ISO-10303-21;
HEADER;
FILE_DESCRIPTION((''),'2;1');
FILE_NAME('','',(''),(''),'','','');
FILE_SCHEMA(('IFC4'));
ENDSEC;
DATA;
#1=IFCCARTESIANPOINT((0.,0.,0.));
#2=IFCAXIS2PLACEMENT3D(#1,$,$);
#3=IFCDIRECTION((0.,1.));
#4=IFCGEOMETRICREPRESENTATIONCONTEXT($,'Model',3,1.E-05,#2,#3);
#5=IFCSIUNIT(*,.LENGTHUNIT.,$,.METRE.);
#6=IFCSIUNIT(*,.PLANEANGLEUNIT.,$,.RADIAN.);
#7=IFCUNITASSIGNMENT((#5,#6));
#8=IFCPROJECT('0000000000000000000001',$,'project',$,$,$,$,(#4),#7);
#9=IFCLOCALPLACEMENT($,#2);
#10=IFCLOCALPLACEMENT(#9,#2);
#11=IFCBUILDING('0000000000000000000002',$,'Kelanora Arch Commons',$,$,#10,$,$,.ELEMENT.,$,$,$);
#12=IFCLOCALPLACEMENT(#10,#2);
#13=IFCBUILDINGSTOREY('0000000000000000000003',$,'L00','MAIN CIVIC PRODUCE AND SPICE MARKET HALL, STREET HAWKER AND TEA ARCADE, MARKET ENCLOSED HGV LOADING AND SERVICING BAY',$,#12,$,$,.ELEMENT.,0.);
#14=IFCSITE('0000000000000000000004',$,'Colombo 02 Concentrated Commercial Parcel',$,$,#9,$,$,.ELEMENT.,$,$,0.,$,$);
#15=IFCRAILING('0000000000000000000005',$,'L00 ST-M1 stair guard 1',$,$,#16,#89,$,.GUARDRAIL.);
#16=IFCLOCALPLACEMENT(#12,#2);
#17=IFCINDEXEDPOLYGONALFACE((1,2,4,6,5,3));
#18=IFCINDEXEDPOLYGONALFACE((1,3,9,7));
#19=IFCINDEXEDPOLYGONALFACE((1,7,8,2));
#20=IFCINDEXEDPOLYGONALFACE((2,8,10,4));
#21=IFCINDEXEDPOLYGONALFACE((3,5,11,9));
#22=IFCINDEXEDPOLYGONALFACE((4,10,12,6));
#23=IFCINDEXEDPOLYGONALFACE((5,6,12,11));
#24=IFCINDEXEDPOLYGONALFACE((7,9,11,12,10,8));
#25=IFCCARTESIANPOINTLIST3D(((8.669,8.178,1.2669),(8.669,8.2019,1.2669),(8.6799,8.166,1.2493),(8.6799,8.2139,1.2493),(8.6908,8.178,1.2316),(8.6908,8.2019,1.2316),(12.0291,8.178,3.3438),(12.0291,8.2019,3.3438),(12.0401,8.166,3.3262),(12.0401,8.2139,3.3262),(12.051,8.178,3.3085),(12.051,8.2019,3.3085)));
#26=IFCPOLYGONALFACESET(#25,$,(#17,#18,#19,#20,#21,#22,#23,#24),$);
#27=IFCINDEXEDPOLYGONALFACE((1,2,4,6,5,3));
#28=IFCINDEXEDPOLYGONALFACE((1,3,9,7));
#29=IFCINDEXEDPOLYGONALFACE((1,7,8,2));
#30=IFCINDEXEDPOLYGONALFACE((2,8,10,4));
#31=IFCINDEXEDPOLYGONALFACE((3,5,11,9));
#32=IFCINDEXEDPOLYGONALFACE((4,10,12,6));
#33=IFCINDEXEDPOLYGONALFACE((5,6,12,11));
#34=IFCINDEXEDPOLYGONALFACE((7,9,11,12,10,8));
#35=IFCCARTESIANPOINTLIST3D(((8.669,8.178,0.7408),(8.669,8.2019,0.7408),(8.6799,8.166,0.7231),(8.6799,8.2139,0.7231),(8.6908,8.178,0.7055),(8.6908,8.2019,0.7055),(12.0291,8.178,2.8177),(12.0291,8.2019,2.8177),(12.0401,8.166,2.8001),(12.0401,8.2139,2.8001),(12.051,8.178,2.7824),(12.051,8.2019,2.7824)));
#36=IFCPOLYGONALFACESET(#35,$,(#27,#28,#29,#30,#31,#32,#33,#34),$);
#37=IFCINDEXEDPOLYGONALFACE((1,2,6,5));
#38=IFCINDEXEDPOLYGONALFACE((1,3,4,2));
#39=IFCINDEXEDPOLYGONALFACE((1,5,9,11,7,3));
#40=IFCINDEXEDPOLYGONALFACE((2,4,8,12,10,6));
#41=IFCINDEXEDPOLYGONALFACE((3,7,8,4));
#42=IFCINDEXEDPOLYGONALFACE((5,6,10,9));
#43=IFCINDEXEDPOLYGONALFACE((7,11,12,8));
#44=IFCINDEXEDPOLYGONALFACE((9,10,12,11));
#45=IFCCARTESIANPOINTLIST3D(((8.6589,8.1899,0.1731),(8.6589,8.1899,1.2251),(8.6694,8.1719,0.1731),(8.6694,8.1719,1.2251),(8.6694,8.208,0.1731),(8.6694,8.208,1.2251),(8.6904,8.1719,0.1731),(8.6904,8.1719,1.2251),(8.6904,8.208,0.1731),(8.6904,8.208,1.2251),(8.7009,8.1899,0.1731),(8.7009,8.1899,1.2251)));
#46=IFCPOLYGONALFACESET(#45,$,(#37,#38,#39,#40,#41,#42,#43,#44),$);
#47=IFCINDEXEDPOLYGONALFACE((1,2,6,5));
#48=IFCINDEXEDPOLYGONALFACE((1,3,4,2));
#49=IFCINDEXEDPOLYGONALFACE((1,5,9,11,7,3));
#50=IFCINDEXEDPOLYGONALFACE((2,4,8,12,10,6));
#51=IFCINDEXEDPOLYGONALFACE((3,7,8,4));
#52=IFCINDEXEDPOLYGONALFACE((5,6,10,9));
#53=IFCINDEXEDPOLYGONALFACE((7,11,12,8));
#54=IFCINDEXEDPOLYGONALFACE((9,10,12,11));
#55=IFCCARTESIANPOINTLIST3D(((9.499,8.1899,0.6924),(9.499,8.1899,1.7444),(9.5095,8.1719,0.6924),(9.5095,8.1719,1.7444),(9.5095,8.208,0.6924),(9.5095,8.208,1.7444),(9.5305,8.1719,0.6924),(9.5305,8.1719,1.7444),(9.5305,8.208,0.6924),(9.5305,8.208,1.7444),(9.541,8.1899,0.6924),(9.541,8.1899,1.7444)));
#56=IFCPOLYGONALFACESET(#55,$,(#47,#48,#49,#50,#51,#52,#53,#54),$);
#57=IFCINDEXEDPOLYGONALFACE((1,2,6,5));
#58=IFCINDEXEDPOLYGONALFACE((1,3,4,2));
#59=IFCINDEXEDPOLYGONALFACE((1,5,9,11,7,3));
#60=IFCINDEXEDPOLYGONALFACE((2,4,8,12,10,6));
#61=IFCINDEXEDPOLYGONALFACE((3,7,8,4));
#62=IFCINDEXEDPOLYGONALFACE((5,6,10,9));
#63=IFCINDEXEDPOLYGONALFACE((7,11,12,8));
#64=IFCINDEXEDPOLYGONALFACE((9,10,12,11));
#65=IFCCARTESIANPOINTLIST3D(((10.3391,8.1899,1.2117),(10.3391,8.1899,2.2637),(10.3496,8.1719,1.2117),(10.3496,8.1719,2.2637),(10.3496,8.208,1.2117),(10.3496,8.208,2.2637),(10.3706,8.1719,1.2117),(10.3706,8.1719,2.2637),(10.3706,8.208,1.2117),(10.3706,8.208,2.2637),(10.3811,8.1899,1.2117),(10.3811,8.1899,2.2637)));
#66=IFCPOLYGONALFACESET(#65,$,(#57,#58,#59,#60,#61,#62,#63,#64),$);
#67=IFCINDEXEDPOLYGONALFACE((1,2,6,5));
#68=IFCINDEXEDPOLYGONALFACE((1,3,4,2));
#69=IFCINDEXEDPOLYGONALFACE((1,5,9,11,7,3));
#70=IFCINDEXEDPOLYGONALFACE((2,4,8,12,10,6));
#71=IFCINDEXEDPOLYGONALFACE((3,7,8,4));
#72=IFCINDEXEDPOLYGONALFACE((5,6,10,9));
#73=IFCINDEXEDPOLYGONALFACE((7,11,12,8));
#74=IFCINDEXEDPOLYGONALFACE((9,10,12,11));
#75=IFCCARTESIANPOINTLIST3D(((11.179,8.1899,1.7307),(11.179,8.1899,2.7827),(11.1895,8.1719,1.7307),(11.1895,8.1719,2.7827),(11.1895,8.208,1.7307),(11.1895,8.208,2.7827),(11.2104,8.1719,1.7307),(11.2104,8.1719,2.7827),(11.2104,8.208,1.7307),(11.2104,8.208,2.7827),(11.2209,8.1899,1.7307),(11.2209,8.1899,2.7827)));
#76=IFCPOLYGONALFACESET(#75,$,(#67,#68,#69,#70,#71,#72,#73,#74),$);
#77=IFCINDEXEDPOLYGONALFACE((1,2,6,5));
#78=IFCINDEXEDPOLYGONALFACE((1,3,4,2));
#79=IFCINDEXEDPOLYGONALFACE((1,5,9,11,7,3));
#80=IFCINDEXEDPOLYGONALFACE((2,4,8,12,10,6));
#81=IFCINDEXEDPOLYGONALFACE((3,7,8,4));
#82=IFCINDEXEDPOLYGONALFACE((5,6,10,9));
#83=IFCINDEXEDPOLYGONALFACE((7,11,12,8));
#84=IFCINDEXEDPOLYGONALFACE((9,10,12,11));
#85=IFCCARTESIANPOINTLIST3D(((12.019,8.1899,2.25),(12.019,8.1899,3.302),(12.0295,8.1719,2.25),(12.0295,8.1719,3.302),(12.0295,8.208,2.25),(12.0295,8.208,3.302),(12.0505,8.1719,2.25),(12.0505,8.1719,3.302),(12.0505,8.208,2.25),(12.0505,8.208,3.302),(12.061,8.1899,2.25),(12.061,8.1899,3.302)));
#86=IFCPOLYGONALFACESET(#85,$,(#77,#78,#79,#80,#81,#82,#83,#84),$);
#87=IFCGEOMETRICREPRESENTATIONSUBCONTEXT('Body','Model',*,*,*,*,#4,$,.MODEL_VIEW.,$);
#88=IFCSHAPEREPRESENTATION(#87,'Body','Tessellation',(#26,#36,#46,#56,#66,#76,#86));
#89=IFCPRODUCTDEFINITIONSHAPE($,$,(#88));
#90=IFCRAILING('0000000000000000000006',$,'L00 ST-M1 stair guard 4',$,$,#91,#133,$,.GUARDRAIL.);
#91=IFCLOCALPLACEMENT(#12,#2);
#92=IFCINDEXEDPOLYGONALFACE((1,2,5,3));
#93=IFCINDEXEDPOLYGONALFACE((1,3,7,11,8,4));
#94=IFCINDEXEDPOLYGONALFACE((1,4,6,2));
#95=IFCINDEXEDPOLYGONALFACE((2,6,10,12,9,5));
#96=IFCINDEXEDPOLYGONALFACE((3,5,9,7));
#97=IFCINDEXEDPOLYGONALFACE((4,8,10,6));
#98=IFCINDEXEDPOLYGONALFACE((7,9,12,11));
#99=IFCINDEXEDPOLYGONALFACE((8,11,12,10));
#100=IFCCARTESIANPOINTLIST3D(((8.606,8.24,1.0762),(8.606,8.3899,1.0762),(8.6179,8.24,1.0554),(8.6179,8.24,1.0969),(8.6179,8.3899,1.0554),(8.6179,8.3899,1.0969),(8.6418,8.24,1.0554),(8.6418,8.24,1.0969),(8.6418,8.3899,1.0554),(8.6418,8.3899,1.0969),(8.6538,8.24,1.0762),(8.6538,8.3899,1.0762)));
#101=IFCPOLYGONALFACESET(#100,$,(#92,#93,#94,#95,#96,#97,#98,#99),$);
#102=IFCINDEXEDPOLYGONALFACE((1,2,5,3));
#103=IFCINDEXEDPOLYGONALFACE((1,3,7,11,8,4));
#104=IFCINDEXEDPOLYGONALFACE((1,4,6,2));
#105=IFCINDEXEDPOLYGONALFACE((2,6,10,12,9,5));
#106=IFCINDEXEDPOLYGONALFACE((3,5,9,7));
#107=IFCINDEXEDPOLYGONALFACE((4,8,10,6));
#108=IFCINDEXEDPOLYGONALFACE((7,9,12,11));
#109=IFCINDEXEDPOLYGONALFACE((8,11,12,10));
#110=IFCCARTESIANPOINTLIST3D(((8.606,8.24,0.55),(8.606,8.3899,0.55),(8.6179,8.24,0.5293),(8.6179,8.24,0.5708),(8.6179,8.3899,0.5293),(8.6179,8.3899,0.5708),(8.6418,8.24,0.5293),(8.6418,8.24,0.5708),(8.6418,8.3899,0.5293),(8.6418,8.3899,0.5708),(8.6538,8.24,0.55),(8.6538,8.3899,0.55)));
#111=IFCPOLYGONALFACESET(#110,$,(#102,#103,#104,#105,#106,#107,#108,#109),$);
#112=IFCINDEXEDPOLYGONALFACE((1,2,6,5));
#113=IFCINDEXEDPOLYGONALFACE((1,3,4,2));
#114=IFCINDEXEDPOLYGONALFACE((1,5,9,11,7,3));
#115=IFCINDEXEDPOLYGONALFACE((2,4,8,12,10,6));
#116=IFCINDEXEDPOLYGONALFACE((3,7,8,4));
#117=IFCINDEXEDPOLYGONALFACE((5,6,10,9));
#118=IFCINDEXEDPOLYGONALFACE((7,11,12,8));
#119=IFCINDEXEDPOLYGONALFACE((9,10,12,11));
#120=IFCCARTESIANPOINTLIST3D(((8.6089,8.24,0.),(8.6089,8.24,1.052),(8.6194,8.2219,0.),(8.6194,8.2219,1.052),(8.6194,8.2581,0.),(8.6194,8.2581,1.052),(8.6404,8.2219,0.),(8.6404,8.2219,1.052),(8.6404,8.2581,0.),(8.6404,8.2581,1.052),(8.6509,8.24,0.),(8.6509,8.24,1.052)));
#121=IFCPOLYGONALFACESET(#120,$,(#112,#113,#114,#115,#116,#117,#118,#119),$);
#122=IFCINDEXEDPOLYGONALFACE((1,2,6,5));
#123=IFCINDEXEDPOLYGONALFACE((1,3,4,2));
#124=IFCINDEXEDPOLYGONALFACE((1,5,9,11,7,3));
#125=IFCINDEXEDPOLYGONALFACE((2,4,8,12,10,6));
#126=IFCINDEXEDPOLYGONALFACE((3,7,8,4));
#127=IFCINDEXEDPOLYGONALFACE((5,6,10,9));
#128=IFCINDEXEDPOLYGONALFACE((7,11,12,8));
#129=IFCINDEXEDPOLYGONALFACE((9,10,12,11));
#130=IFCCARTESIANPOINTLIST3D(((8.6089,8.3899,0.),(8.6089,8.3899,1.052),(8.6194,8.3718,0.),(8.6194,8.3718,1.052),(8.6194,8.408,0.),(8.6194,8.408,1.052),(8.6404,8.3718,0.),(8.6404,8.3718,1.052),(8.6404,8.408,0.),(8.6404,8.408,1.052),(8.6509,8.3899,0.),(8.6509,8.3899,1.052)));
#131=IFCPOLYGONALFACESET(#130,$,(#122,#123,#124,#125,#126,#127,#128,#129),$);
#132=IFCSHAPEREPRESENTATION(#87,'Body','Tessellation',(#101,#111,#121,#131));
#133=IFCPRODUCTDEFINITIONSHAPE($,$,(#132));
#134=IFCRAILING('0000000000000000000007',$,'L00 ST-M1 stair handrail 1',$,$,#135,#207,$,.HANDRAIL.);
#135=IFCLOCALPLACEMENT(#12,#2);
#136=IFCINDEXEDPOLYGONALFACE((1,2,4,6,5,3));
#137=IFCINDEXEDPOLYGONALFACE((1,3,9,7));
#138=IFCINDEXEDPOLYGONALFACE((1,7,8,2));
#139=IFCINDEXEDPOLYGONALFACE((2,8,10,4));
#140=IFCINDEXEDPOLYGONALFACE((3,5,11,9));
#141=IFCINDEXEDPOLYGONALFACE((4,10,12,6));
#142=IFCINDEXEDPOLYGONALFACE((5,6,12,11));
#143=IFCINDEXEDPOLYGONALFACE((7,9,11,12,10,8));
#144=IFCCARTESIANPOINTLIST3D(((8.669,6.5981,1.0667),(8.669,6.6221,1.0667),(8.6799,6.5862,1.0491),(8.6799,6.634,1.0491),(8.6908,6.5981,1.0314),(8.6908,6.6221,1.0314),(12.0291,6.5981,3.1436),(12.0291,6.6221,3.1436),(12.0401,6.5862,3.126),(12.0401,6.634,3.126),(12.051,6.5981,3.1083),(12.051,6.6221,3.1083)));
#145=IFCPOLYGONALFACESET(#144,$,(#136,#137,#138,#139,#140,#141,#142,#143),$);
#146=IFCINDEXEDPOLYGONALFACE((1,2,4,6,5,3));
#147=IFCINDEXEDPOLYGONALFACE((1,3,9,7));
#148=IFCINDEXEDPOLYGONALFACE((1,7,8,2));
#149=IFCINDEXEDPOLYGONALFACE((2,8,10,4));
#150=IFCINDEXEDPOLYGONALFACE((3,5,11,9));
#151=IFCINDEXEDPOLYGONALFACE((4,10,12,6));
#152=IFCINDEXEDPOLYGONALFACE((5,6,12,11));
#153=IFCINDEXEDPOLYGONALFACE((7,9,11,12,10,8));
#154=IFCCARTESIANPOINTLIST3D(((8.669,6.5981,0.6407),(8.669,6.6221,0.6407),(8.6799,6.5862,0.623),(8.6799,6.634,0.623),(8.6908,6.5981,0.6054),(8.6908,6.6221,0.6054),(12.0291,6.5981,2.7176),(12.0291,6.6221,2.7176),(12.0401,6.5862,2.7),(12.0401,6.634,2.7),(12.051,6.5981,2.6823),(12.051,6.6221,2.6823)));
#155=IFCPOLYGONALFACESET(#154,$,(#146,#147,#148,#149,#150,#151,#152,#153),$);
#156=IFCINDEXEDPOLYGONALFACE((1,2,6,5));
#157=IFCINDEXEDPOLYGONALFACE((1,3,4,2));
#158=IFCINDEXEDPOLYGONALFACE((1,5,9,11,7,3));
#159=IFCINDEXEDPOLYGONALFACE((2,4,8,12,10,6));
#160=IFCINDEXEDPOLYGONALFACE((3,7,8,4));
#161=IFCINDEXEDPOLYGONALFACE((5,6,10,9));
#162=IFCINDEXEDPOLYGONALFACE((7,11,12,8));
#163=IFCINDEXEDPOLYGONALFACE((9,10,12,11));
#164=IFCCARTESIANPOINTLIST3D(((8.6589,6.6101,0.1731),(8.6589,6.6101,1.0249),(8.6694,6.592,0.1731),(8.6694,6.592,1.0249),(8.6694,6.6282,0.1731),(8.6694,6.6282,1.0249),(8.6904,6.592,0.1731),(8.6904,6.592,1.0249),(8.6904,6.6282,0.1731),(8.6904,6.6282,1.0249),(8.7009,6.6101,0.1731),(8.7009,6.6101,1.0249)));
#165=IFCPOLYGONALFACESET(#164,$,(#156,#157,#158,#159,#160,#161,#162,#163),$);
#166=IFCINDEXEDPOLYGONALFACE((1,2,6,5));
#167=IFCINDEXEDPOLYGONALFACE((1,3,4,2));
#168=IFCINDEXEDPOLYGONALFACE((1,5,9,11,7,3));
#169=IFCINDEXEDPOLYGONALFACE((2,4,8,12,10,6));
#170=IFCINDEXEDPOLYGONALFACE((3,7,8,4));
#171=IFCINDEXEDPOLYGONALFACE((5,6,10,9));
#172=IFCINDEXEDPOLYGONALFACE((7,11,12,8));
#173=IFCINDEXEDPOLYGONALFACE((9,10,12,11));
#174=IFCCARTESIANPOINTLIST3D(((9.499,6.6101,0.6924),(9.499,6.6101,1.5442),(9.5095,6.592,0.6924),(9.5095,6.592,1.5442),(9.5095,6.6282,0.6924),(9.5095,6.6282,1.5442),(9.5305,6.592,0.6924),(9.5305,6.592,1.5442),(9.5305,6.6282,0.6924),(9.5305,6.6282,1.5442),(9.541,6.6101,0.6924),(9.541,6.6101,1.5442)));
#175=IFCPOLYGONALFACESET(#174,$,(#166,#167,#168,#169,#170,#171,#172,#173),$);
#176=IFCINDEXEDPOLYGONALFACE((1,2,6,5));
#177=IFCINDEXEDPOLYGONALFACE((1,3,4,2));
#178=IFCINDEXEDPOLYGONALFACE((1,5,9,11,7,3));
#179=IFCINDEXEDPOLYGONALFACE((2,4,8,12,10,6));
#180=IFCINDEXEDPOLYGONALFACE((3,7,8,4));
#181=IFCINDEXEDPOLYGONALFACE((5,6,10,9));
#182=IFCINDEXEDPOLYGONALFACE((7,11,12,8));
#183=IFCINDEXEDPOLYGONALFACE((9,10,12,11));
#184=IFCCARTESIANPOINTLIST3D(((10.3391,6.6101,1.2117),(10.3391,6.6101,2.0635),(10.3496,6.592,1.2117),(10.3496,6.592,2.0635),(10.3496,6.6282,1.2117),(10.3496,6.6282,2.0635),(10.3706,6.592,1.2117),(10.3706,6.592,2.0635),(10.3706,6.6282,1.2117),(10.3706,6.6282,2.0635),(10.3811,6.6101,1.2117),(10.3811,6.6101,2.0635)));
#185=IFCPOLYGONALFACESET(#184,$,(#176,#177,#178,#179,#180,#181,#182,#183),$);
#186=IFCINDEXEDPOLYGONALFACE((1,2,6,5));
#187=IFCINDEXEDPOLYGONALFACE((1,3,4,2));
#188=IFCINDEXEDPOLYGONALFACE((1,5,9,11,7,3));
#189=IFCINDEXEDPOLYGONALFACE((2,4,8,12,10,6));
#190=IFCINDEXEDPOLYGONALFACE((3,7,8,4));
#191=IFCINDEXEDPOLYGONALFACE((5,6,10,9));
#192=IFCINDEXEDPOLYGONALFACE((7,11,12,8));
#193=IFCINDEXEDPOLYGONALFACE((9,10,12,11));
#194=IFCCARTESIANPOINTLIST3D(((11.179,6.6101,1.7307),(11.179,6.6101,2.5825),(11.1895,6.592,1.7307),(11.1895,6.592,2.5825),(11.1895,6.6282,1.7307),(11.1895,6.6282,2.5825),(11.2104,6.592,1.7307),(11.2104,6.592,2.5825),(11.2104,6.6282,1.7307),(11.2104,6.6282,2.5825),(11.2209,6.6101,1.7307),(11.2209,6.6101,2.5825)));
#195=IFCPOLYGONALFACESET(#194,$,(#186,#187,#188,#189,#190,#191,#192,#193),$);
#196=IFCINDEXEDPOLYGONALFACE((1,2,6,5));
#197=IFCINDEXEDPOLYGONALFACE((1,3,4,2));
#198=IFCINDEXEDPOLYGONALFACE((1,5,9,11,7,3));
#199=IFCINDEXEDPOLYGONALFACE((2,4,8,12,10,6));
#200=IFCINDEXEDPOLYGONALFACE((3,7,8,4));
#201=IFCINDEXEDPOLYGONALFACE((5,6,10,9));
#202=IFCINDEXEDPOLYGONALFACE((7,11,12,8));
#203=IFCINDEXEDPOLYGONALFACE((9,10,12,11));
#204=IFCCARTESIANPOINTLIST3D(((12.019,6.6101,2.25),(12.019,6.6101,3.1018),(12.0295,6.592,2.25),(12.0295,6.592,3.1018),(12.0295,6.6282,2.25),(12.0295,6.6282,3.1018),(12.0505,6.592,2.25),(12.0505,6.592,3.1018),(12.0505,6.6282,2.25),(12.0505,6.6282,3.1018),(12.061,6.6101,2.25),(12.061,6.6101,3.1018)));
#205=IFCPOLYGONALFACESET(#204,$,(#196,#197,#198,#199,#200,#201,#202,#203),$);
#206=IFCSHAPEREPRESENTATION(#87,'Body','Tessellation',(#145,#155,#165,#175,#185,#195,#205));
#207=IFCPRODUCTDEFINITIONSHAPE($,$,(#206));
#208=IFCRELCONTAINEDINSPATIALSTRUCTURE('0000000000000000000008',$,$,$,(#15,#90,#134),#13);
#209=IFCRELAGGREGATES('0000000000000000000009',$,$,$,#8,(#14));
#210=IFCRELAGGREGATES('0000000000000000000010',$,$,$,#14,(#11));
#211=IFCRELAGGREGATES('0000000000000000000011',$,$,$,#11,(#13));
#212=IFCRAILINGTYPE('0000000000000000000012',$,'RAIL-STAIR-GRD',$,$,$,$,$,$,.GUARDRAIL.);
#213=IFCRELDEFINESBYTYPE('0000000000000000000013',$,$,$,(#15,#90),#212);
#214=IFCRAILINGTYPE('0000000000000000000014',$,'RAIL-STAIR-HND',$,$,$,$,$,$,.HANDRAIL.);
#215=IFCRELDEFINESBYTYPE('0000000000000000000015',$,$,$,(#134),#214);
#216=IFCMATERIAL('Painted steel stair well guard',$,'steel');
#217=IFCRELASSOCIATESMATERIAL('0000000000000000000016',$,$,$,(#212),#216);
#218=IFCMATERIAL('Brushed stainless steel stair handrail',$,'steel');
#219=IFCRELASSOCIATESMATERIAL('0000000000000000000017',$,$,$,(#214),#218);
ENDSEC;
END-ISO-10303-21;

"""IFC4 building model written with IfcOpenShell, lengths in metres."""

from ifc_helpers import new_model, si_unit, direction, frame, origin, place, context, subcontext, project, spatial, polyline, outline, extrude, material, type_object, element, save


model = new_model("IFC4")

# Units and contexts
model_context = context("Model", 3, precision=1e-05, world=origin(), true_north=direction((0.0, 1.0)))
body_context = subcontext(model_context, "Body", "Model", "MODEL_VIEW")
ifc_project = project(units=[si_unit("LENGTHUNIT", "METRE"), si_unit("PLANEANGLEUNIT", "RADIAN")], contexts=[model_context])

# Site, building, storey
site_placement = place(None, origin())
site = spatial("IfcSite", under=ifc_project, at=site_placement, Name="Colombo 02 Concentrated Commercial Parcel", CompositionType="ELEMENT", RefElevation=0.0)
building_placement = place(site_placement, origin())
building = spatial("IfcBuilding", under=site, at=building_placement, Name="Kelanora Arch Commons", CompositionType="ELEMENT")
storey_placement = place(building_placement, origin())
storey = spatial("IfcBuildingStorey", under=building, at=storey_placement, Name="L00", Description="MAIN CIVIC PRODUCE AND SPICE MARKET HALL, STREET HAWKER AND TEA ARCADE, MARKET ENCLOSED HGV LOADING AND SERVICING BAY", CompositionType="ELEMENT", Elevation=0.0)

# Railings
ifc_material_1 = material(Name="Painted steel stair well guard", Category="steel")
railing_type_1 = type_object("IfcRailingType", Name="RAIL-STAIR-GRD", PredefinedType="GUARDRAIL", material=ifc_material_1)
railing_1_placement = place(storey_placement, frame((8.6799, 8.1899, 0.1731)))
element("IfcRailing", 1, at=railing_1_placement, inside=storey, type_object=railing_type_1, Name="L00 ST-M1 stair guard 1", PredefinedType="GUARDRAIL", context=body_context, shape_type="SweptSolid", body=[
    extrude(outline(polyline([(0.0239, 0.0), (0.012, 0.0208), (-0.012, 0.0208), (-0.0239, 0.0), (-0.012, -0.0208), (0.012, -0.0208), (0.0239, 0.0)])), frame((0.0, 0.0, 1.0762), z_axis=(0.850623, 0.0, 0.525776), x_axis=(0.0, 1.0, 0.0)), (0.0, 0.0, 1.0), 3.9502),
    extrude(outline(polyline([(0.0239, 0.0), (0.012, 0.0208), (-0.012, 0.0208), (-0.0239, 0.0), (-0.012, -0.0208), (0.012, -0.0208), (0.0239, 0.0)])), frame((0.0, 0.0, 0.55), z_axis=(0.850623, 0.0, 0.525776), x_axis=(0.0, 1.0, 0.0)), (0.0, 0.0, 1.0), 3.9502),
    extrude(outline(polyline([(0.021, 0.0), (0.0105, 0.0181), (-0.0105, 0.0181), (-0.021, 0.0), (-0.0105, -0.0181), (0.0105, -0.0181), (0.021, 0.0)])), origin(), (0.0, 0.0, 1.0), 1.052),
    extrude(outline(polyline([(0.021, 0.0), (0.0105, 0.0181), (-0.0105, 0.0181), (-0.021, 0.0), (-0.0105, -0.0181), (0.0105, -0.0181), (0.021, 0.0)])), frame((0.8401, 0.0, 0.5193)), (0.0, 0.0, 1.0), 1.052),
    extrude(outline(polyline([(0.021, 0.0), (0.0105, 0.0181), (-0.0105, 0.0181), (-0.021, 0.0), (-0.0105, -0.0181), (0.0105, -0.0181), (0.021, 0.0)])), frame((1.6802, 0.0, 1.0386)), (0.0, 0.0, 1.0), 1.052),
    extrude(outline(polyline([(0.021, 0.0), (0.0105, 0.0181), (-0.0105, 0.0181), (-0.021, 0.0), (-0.0105, -0.0181), (0.0105, -0.0181), (0.021, 0.0)])), frame((2.52, 0.0, 1.5576)), (0.0, 0.0, 1.0), 1.052),
    extrude(outline(polyline([(0.021, 0.0), (0.0105, 0.0181), (-0.0105, 0.0181), (-0.021, 0.0), (-0.0105, -0.0181), (0.0105, -0.0181), (0.021, 0.0)])), frame((3.3601, 0.0, 2.0769)), (0.0, 0.0, 1.0), 1.052),
])
railing_2_placement = place(storey_placement, frame((8.6299, 8.24, 0.0)))
element("IfcRailing", 2, at=railing_2_placement, inside=storey, type_object=railing_type_1, Name="L00 ST-M1 stair guard 4", PredefinedType="GUARDRAIL", context=body_context, shape_type="SweptSolid", body=[
    extrude(outline(polyline([(0.0239, 0.0), (0.012, 0.0208), (-0.012, 0.0208), (-0.0239, 0.0), (-0.012, -0.0208), (0.012, -0.0208), (0.0239, 0.0)])), frame((0.0, 0.0, 1.0762), z_axis=(0.0, 1.0, 0.0), x_axis=(-1.0, 0.0, 0.0)), (0.0, 0.0, 1.0), 0.1499),
    extrude(outline(polyline([(0.0239, 0.0), (0.012, 0.0208), (-0.012, 0.0208), (-0.0239, 0.0), (-0.012, -0.0208), (0.012, -0.0208), (0.0239, 0.0)])), frame((0.0, 0.0, 0.55), z_axis=(0.0, 1.0, 0.0), x_axis=(-1.0, 0.0, 0.0)), (0.0, 0.0, 1.0), 0.1499),
    extrude(outline(polyline([(0.021, 0.0), (0.0105, 0.0181), (-0.0105, 0.0181), (-0.021, 0.0), (-0.0105, -0.0181), (0.0105, -0.0181), (0.021, 0.0)])), origin(), (0.0, 0.0, 1.0), 1.052),
    extrude(outline(polyline([(0.021, 0.0), (0.0105, 0.0181), (-0.0105, 0.0181), (-0.021, 0.0), (-0.0105, -0.0181), (0.0105, -0.0181), (0.021, 0.0)])), frame((0.0, 0.1499, 0.0)), (0.0, 0.0, 1.0), 1.052),
])
ifc_material_2 = material(Name="Brushed stainless steel stair handrail", Category="steel")
railing_type_2 = type_object("IfcRailingType", Name="RAIL-STAIR-HND", PredefinedType="HANDRAIL", material=ifc_material_2)
railing_3_placement = place(storey_placement, frame((8.6799, 6.6101, 0.1731)))
element("IfcRailing", 3, at=railing_3_placement, inside=storey, type_object=railing_type_2, Name="L00 ST-M1 stair handrail 1", PredefinedType="HANDRAIL", context=body_context, shape_type="SweptSolid", body=[
    extrude(outline(polyline([(0.0239, 0.0), (0.012, 0.0208), (-0.012, 0.0208), (-0.0239, 0.0), (-0.012, -0.0208), (0.012, -0.0208), (0.0239, 0.0)])), frame((0.0, 0.0, 0.876), z_axis=(0.850623, 0.0, 0.525776), x_axis=(0.0, 1.0, 0.0)), (0.0, 0.0, 1.0), 3.9502),
    extrude(outline(polyline([(0.0239, 0.0), (0.012, 0.0208), (-0.012, 0.0208), (-0.0239, 0.0), (-0.012, -0.0208), (0.012, -0.0208), (0.0239, 0.0)])), frame((0.0, 0.0, 0.45), z_axis=(0.850623, 0.0, 0.525776), x_axis=(0.0, 1.0, 0.0)), (0.0, 0.0, 1.0), 3.9502),
    extrude(outline(polyline([(0.021, 0.0), (0.0105, 0.0181), (-0.0105, 0.0181), (-0.021, 0.0), (-0.0105, -0.0181), (0.0105, -0.0181), (0.021, 0.0)])), origin(), (0.0, 0.0, 1.0), 0.8518),
    extrude(outline(polyline([(0.021, 0.0), (0.0105, 0.0181), (-0.0105, 0.0181), (-0.021, 0.0), (-0.0105, -0.0181), (0.0105, -0.0181), (0.021, 0.0)])), frame((0.8401, 0.0, 0.5193)), (0.0, 0.0, 1.0), 0.8518),
    extrude(outline(polyline([(0.021, 0.0), (0.0105, 0.0181), (-0.0105, 0.0181), (-0.021, 0.0), (-0.0105, -0.0181), (0.0105, -0.0181), (0.021, 0.0)])), frame((1.6802, 0.0, 1.0386)), (0.0, 0.0, 1.0), 0.8518),
    extrude(outline(polyline([(0.021, 0.0), (0.0105, 0.0181), (-0.0105, 0.0181), (-0.021, 0.0), (-0.0105, -0.0181), (0.0105, -0.0181), (0.021, 0.0)])), frame((2.52, 0.0, 1.5576)), (0.0, 0.0, 1.0), 0.8518),
    extrude(outline(polyline([(0.021, 0.0), (0.0105, 0.0181), (-0.0105, 0.0181), (-0.021, 0.0), (-0.0105, -0.0181), (0.0105, -0.0181), (0.021, 0.0)])), frame((3.3601, 0.0, 2.0769)), (0.0, 0.0, 1.0), 0.8518),
])

save(model, "model.ifc")
